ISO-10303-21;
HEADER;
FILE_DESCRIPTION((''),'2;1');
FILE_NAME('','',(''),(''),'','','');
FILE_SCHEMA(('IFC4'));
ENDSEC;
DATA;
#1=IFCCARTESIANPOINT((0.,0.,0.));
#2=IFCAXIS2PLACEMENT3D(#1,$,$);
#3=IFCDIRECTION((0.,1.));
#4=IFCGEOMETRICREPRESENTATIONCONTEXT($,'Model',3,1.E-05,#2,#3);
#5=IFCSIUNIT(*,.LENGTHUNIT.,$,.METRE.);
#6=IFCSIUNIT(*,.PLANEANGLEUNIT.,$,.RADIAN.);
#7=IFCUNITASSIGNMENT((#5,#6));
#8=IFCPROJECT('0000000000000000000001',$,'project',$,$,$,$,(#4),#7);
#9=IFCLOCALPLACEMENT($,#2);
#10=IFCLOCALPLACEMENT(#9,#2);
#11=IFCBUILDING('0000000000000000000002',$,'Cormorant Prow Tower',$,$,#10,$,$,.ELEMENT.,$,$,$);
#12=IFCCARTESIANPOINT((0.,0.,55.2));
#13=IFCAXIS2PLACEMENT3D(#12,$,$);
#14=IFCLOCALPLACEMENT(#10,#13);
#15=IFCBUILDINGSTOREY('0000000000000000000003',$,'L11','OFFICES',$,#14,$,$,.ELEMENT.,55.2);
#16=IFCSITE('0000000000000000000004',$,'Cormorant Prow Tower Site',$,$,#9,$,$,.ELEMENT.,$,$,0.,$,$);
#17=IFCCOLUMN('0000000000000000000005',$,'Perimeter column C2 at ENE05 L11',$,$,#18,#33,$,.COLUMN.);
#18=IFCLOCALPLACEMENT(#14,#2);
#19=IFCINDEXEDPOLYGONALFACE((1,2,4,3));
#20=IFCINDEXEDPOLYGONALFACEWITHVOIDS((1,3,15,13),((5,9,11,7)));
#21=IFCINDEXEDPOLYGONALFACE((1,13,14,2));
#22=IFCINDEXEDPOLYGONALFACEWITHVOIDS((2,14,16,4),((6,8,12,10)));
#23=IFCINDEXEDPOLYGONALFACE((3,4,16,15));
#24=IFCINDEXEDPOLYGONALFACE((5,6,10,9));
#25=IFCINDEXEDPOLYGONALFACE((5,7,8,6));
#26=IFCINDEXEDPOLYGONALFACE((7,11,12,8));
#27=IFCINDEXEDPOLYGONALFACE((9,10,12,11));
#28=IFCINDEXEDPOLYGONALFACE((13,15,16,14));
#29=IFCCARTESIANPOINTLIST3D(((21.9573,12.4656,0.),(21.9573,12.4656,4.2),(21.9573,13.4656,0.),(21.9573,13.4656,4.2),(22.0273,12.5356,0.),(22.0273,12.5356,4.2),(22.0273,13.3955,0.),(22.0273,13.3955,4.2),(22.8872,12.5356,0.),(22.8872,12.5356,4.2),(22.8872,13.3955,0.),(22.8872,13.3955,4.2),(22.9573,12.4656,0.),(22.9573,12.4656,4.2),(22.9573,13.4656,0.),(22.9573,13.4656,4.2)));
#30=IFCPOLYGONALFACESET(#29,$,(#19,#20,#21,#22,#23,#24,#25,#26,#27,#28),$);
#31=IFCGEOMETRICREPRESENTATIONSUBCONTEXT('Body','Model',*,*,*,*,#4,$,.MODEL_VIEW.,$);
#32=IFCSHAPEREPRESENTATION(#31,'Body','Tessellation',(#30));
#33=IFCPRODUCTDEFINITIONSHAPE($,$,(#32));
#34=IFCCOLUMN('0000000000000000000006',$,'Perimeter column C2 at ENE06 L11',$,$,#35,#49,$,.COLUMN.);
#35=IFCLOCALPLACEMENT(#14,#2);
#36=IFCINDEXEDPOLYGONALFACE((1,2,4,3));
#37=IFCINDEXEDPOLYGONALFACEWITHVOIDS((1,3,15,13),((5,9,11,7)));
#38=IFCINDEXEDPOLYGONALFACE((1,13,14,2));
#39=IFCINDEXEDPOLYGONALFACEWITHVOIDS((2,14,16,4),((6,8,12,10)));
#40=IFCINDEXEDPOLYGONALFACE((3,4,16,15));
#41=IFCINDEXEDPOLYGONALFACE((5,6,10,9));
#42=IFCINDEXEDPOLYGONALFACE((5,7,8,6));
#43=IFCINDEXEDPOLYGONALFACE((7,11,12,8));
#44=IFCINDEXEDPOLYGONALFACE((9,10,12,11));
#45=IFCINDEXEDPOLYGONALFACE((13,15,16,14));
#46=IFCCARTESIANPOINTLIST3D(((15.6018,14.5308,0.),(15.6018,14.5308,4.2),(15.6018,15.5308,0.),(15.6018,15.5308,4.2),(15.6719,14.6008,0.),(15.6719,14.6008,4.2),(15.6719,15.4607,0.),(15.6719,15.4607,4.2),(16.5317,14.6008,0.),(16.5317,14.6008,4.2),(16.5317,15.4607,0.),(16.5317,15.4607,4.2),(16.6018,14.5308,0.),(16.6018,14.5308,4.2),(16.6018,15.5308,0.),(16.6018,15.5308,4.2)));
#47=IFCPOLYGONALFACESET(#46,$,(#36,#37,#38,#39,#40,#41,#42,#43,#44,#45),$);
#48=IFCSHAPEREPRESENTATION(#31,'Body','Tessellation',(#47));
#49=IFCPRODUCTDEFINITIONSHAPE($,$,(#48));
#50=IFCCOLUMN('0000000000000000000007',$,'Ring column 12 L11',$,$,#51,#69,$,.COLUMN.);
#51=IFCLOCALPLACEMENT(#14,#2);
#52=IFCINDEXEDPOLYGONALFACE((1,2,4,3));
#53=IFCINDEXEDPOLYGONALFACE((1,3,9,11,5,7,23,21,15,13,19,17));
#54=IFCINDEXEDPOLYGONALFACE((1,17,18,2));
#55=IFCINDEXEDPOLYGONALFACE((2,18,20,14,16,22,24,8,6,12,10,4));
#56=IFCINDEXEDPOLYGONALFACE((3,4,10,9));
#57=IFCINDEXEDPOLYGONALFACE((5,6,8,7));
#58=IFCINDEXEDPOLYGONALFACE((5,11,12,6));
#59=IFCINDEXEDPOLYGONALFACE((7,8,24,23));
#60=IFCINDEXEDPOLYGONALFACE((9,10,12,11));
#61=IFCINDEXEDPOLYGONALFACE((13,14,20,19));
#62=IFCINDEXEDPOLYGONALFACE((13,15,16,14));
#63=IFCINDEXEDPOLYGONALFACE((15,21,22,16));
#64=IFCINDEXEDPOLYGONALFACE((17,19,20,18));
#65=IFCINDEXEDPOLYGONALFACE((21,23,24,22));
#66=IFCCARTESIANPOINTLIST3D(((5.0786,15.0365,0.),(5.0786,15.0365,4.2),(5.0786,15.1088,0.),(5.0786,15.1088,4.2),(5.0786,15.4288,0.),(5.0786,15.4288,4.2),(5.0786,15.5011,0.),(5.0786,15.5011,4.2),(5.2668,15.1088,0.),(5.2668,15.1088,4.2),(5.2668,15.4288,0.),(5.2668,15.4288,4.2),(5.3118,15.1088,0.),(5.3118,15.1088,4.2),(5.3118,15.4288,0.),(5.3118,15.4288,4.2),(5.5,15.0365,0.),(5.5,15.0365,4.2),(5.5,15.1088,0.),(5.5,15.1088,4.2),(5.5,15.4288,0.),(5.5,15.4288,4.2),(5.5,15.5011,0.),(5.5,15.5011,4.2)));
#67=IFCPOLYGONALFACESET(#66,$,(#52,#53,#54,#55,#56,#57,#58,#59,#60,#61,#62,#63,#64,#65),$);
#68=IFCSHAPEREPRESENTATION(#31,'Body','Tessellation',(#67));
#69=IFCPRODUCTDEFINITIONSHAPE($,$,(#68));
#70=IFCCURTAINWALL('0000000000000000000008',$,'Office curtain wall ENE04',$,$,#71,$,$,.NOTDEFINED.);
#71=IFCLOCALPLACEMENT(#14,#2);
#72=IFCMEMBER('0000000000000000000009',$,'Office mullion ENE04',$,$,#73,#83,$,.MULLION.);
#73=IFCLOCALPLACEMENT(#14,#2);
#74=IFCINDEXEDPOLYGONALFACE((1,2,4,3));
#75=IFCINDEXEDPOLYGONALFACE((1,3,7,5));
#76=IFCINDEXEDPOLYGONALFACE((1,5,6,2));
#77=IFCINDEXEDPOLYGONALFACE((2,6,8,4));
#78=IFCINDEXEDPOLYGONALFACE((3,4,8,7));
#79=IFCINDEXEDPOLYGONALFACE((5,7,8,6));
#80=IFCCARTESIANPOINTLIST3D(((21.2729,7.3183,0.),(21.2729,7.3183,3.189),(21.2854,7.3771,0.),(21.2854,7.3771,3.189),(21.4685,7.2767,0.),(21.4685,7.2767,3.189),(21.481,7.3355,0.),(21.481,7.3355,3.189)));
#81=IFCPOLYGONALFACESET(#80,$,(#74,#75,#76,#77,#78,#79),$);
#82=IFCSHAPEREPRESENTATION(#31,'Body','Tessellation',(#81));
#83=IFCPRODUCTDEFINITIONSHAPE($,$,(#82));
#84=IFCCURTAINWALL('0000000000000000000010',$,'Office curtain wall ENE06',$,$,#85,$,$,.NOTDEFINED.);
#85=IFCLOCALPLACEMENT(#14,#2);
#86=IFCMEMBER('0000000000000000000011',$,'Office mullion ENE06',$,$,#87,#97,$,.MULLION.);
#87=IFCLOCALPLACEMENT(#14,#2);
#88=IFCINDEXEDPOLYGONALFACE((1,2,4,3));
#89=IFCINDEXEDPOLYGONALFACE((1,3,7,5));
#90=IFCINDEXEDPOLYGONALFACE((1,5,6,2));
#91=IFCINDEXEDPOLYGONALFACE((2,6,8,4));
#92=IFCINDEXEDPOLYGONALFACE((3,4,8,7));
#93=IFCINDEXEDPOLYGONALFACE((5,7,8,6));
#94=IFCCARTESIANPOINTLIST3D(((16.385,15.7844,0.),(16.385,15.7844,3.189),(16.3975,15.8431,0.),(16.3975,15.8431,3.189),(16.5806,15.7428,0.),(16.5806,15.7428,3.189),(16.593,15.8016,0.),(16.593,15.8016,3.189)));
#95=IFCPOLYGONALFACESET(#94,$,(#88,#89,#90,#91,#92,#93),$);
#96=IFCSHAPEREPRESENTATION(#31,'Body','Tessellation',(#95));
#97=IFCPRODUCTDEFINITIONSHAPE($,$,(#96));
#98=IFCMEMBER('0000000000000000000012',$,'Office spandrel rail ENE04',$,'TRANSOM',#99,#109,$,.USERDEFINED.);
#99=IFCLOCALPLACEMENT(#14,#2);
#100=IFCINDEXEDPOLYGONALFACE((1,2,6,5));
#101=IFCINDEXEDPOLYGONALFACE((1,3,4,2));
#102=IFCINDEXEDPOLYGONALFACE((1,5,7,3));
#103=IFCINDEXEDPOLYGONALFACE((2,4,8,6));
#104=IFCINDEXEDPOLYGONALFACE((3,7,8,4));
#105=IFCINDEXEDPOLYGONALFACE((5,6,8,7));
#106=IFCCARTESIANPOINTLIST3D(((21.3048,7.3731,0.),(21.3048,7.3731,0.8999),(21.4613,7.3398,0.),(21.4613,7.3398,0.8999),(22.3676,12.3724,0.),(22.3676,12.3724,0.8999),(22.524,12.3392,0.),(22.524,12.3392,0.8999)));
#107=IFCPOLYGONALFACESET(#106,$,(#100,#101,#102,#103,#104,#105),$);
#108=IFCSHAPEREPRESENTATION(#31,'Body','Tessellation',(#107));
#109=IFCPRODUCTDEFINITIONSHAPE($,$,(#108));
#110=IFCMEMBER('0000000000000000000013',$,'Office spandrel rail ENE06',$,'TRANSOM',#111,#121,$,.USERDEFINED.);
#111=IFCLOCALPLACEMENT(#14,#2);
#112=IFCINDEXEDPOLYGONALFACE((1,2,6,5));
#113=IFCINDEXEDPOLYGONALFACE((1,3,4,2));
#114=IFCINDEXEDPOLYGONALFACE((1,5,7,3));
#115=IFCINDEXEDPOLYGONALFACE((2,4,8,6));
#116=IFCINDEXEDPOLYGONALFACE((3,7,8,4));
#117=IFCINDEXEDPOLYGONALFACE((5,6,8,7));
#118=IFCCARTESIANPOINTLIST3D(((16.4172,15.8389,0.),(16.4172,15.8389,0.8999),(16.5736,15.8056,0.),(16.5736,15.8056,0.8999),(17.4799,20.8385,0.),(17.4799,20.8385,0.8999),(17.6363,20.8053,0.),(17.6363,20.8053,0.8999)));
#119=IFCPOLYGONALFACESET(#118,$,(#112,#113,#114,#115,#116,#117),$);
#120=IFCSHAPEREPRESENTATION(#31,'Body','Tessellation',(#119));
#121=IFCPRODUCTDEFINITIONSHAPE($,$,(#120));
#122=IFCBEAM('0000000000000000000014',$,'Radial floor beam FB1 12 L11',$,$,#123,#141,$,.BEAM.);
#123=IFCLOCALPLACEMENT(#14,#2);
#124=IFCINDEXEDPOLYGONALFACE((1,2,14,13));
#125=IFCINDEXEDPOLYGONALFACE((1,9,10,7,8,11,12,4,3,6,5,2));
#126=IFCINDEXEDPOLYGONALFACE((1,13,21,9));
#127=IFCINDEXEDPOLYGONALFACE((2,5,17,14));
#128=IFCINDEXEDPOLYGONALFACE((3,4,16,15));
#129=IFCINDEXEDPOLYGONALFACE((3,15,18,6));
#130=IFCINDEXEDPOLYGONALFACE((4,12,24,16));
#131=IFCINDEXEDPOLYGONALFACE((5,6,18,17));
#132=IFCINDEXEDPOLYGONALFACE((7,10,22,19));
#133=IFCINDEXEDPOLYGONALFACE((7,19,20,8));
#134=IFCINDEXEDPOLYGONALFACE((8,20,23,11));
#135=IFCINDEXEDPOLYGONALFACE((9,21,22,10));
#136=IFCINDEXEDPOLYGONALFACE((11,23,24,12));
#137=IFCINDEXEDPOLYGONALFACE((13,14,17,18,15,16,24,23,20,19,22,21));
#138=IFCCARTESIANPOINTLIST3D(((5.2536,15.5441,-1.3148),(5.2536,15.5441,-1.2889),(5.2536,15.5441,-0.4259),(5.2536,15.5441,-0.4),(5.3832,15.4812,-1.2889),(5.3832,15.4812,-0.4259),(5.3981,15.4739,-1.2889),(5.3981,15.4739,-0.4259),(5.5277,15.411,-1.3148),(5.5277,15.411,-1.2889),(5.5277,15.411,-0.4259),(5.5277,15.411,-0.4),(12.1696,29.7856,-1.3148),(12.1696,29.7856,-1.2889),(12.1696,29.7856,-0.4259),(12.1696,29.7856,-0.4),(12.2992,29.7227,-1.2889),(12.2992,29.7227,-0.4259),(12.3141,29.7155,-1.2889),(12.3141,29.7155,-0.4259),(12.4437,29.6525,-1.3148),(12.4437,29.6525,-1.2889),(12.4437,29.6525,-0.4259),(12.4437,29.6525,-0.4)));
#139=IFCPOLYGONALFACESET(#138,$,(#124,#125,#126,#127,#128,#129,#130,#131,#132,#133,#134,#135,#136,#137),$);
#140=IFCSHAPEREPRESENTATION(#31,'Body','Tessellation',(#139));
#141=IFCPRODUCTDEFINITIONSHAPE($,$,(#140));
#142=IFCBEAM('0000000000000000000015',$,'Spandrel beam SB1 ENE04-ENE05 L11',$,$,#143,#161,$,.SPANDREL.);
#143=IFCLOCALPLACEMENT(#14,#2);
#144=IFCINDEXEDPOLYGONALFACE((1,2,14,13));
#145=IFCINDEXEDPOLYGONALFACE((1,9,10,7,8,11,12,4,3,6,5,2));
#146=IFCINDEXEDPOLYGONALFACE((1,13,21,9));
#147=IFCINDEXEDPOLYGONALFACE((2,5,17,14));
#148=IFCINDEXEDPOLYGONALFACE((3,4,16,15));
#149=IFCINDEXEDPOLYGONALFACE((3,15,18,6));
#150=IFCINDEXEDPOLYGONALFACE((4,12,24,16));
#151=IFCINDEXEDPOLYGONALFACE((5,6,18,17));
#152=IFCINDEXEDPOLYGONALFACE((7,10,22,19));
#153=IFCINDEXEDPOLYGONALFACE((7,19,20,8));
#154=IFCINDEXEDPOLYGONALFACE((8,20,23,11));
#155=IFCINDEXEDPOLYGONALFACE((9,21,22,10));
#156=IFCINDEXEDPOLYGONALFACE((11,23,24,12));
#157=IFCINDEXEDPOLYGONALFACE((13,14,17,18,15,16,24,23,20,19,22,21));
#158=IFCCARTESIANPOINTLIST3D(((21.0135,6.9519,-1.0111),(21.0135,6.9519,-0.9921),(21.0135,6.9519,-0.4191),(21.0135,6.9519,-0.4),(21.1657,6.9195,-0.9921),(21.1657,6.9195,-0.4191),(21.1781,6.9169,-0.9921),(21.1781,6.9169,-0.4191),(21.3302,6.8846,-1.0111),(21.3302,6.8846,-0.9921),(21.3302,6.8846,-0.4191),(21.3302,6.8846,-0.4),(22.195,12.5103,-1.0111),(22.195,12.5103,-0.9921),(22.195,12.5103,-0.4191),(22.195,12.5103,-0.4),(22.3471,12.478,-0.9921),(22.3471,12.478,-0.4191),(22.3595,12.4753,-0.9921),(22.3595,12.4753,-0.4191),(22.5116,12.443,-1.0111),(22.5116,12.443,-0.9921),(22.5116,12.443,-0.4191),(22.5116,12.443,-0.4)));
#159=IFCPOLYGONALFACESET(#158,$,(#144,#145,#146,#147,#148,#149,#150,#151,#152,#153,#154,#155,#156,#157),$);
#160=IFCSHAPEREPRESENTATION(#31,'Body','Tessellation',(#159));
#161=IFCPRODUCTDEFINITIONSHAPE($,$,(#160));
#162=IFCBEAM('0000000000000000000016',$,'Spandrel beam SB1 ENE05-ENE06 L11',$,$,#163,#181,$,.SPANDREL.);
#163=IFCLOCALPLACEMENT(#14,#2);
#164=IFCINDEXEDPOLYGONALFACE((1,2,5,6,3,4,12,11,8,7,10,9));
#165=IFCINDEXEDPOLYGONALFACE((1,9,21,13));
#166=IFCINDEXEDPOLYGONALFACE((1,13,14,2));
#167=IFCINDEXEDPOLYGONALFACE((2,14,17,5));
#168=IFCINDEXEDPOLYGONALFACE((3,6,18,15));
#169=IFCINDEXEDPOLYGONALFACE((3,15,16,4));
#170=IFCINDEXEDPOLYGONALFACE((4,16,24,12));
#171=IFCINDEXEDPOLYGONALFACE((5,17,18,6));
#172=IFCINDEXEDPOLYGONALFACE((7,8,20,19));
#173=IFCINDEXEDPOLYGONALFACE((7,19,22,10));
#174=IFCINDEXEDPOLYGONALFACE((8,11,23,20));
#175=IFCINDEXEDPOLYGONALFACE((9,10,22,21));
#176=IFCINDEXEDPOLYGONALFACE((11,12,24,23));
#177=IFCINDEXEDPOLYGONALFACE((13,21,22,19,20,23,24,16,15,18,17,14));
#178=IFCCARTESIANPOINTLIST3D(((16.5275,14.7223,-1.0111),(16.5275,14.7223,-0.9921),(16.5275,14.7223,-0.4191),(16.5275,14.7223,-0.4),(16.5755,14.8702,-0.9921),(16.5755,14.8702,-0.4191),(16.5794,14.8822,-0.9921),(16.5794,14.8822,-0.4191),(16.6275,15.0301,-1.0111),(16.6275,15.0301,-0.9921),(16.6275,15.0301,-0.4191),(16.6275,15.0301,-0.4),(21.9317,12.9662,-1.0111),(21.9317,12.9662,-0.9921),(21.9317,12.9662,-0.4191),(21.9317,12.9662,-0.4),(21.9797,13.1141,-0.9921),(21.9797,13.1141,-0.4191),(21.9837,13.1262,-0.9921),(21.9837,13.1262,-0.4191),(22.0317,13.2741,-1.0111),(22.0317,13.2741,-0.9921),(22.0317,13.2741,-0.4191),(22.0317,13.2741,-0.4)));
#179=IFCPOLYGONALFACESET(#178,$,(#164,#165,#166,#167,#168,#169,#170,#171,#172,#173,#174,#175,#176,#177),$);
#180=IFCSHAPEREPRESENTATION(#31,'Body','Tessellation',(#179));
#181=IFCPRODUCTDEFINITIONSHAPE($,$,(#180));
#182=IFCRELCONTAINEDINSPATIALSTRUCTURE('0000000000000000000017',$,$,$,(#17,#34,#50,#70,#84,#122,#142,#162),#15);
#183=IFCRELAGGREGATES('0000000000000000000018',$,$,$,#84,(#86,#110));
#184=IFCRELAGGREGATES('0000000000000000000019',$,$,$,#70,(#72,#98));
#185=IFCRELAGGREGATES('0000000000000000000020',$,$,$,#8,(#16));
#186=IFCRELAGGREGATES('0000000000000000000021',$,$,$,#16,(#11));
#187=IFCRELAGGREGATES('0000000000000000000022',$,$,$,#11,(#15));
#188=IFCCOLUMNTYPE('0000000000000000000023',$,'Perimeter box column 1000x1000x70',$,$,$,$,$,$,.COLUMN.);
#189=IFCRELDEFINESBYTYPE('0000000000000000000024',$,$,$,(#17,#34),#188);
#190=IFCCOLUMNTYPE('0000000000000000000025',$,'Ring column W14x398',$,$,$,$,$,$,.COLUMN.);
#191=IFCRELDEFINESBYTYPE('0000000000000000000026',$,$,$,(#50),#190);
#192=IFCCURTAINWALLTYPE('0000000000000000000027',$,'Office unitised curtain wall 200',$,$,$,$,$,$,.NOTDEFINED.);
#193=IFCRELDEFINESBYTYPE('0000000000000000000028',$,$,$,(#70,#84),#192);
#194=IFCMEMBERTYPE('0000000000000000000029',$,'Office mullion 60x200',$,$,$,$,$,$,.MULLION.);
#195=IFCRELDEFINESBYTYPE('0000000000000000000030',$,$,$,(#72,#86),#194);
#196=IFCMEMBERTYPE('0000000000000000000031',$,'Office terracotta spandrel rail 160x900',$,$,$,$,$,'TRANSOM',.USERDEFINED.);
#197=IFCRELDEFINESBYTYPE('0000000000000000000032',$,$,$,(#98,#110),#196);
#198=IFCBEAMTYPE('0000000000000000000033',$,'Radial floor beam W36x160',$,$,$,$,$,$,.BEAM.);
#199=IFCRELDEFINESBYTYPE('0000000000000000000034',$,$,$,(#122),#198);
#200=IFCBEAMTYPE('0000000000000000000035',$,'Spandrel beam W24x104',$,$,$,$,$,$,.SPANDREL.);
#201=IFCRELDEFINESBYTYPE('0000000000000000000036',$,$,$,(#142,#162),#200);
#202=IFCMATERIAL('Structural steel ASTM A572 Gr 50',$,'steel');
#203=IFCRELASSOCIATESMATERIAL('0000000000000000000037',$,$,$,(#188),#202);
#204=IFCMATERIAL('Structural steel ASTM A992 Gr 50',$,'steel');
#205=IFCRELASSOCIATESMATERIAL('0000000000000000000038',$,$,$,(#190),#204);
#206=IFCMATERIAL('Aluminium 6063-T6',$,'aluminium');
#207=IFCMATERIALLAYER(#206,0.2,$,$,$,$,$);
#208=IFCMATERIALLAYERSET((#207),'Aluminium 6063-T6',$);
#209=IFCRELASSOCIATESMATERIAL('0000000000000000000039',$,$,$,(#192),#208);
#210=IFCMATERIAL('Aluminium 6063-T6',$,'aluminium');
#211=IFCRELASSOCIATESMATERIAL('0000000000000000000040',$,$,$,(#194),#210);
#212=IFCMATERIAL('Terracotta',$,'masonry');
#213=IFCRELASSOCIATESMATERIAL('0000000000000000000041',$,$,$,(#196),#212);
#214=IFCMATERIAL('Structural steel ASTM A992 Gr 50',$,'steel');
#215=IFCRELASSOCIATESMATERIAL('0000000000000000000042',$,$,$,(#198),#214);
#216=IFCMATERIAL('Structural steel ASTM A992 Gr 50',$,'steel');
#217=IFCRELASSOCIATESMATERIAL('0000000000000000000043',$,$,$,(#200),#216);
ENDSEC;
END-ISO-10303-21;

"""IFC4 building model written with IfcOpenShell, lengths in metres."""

from ifc_helpers import new_model, si_unit, direction, frame, origin, origin_2d, place, context, subcontext, project, spatial, rectangle, hollow_rectangle, i_section, extrude, material, layer, layer_set, material_profile, profile_set, type_object, element, aggregate, save


model = new_model("IFC4")

# Units and contexts
model_context = context("Model", 3, precision=1e-05, world=origin(), true_north=direction((0.0, 1.0)))
body_context = subcontext(model_context, "Body", "Model", "MODEL_VIEW")
ifc_project = project(units=[si_unit("LENGTHUNIT", "METRE"), si_unit("PLANEANGLEUNIT", "RADIAN")], contexts=[model_context])

# Site, building, storey
site_placement = place(None, origin())
site = spatial("IfcSite", under=ifc_project, at=site_placement, Name="Cormorant Prow Tower Site", CompositionType="ELEMENT", RefElevation=0.0)
building_placement = place(site_placement, origin())
building = spatial("IfcBuilding", under=site, at=building_placement, Name="Cormorant Prow Tower", CompositionType="ELEMENT")
storey_placement = place(building_placement, frame((0.0, 0.0, 55.2)))
storey = spatial("IfcBuildingStorey", under=building, at=storey_placement, Name="L11", Description="OFFICES", CompositionType="ELEMENT", Elevation=55.2)

# Columns
ifc_material_1 = material(Name="Structural steel ASTM A572 Gr 50", Category="steel")
ifc_material_profile_1 = material_profile(ifc_material_1, hollow_rectangle(XDim=1.0, YDim=1.0, WallThickness=0.0701, at=origin_2d()), Name="Box 1000x1000x70")
ifc_profile_set_1 = profile_set([ifc_material_profile_1], Name="Structural steel ASTM A572 Gr 50")
column_type_1 = type_object("IfcColumnType", Name="Perimeter box column 1000x1000x70", PredefinedType="COLUMN", material=ifc_profile_set_1)
for number, where, z_axis, x_axis, name in (
    (1, (22.4573, 12.9656, 0.0), (0.0, 0.0, 1.0), (1.0, 0.0, 0.0), "Perimeter column C2 at ENE05 L11"),
    (2, (16.1018, 15.0308, 0.0), (0.0, 0.0, 1.0), (1.0, 0.0, 0.0), "Perimeter column C2 at ENE06 L11"),
):
    element("IfcColumn", number, at=place(storey_placement, frame(where, z_axis=z_axis, x_axis=x_axis)), inside=storey, type_object=column_type_1, Name=name, PredefinedType="COLUMN", context=body_context, shape_type="SweptSolid", body=[
        extrude(hollow_rectangle(XDim=1.0, YDim=1.0, WallThickness=0.0701, at=origin_2d()), origin(), (0.0, 0.0, 1.0), 4.2),
    ])
ifc_material_2 = material(Name="Structural steel ASTM A992 Gr 50", Category="steel")
ifc_material_profile_2 = material_profile(ifc_material_2, i_section(OverallWidth=0.4214, OverallDepth=0.4646, WebThickness=0.0449, FlangeThickness=0.0723, at=origin_2d()), Name="W14x398")
ifc_profile_set_2 = profile_set([ifc_material_profile_2], Name="Structural steel ASTM A992 Gr 50")
column_type_2 = type_object("IfcColumnType", Name="Ring column W14x398", PredefinedType="COLUMN", material=ifc_profile_set_2)
column_placement = place(storey_placement, frame((5.2893, 15.2688, 0.0), z_axis=(0.0, 0.0, 1.0), x_axis=(1.0, 0.0, 0.0)))
element("IfcColumn", 3, at=column_placement, inside=storey, type_object=column_type_2, Name="Ring column 12 L11", PredefinedType="COLUMN", context=body_context, shape_type="SweptSolid", body=[
    extrude(i_section(OverallWidth=0.4214, OverallDepth=0.4646, WebThickness=0.0449, FlangeThickness=0.0723, at=origin_2d()), origin(), (0.0, 0.0, 1.0), 4.2),
])

# Curtain walls, members
ifc_material_3 = material(Name="Aluminium 6063-T6", Category="aluminium")
ifc_layer_1 = layer(ifc_material_3, 0.2)
ifc_layer_set_1 = layer_set([ifc_layer_1], Name="Aluminium 6063-T6")
curtain_wall_type = type_object("IfcCurtainWallType", Name="Office unitised curtain wall 200", PredefinedType="NOTDEFINED", material=ifc_layer_set_1)
curtain_wall_1_placement = place(storey_placement, origin())
curtain_wall_1 = element("IfcCurtainWall", 4, at=curtain_wall_1_placement, inside=storey, type_object=curtain_wall_type, Name="Office curtain wall ENE04", PredefinedType="NOTDEFINED")
ifc_material_4 = material(Name="Aluminium 6063-T6", Category="aluminium")
ifc_material_profile_3 = material_profile(ifc_material_4, rectangle(XDim=0.2, YDim=0.0601, at=origin_2d()), Name="Office mullion 60x200")
ifc_profile_set_3 = profile_set([ifc_material_profile_3], Name="Aluminium 6063-T6")
member_type_1 = type_object("IfcMemberType", Name="Office mullion 60x200", PredefinedType="MULLION", material=ifc_profile_set_3)
member_1_placement = place(storey_placement, frame((21.377, 7.3269, 0.0), z_axis=(0.0, 0.0, 1.0), x_axis=(-0.978148, 0.207912, 0.0)))
member_1 = element("IfcMember", 5, at=member_1_placement, type_object=member_type_1, Name="Office mullion ENE04", PredefinedType="MULLION", context=body_context, shape_type="SweptSolid", body=[
    extrude(rectangle(XDim=0.2, YDim=0.0601, at=origin_2d()), origin(), (0.0, 0.0, 1.0), 3.189),
])
curtain_wall_2_placement = place(storey_placement, origin())
curtain_wall_2 = element("IfcCurtainWall", 6, at=curtain_wall_2_placement, inside=storey, type_object=curtain_wall_type, Name="Office curtain wall ENE06", PredefinedType="NOTDEFINED")
member_2_placement = place(storey_placement, frame((16.489, 15.793, 0.0), z_axis=(0.0, 0.0, 1.0), x_axis=(-0.978148, 0.207912, 0.0)))
member_2 = element("IfcMember", 7, at=member_2_placement, type_object=member_type_1, Name="Office mullion ENE06", PredefinedType="MULLION", context=body_context, shape_type="SweptSolid", body=[
    extrude(rectangle(XDim=0.2, YDim=0.0601, at=origin_2d()), origin(), (0.0, 0.0, 1.0), 3.189),
])

# Members
ifc_material_5 = material(Name="Terracotta", Category="masonry")
ifc_material_profile_4 = material_profile(ifc_material_5, rectangle(XDim=0.1599, YDim=0.8999, at=origin_2d()), Name="Office terracotta spandrel rail 160x900")
ifc_profile_set_4 = profile_set([ifc_material_profile_4], Name="Terracotta")
member_type_2 = type_object("IfcMemberType", Name="Office terracotta spandrel rail 160x900", ElementType="TRANSOM", PredefinedType="USERDEFINED", material=ifc_profile_set_4)
member_3_placement = place(storey_placement, frame((21.3831, 7.3564, 0.45), z_axis=(0.207934, 0.978143, 0.0), x_axis=(-0.978143, 0.207934, 0.0)))
member_3 = element("IfcMember", 8, at=member_3_placement, type_object=member_type_2, Name="Office spandrel rail ENE04", ObjectType="TRANSOM", PredefinedType="USERDEFINED", context=body_context, shape_type="SweptSolid", body=[
    extrude(rectangle(XDim=0.1599, YDim=0.8999, at=origin_2d()), origin(), (0.0, 0.0, 1.0), 5.1111),
])
member_4_placement = place(storey_placement, frame((16.4954, 15.8223, 0.45), z_axis=(0.207924, 0.978145, 0.0), x_axis=(-0.978145, 0.207924, 0.0)))
member_4 = element("IfcMember", 9, at=member_4_placement, type_object=member_type_2, Name="Office spandrel rail ENE06", ObjectType="TRANSOM", PredefinedType="USERDEFINED", context=body_context, shape_type="SweptSolid", body=[
    extrude(rectangle(XDim=0.1599, YDim=0.8999, at=origin_2d()), origin(), (0.0, 0.0, 1.0), 5.1113),
])
aggregate(curtain_wall_2, [member_2, member_4])

# Beams
ifc_material_6 = material(Name="Structural steel ASTM A992 Gr 50", Category="steel")
ifc_material_profile_5 = material_profile(ifc_material_6, i_section(OverallWidth=0.3047, OverallDepth=0.9148, WebThickness=0.0166, FlangeThickness=0.0259, at=origin_2d()), Name="W36x160")
ifc_profile_set_5 = profile_set([ifc_material_profile_5], Name="Structural steel ASTM A992 Gr 50")
beam_type_1 = type_object("IfcBeamType", Name="Radial floor beam W36x160", PredefinedType="BEAM", material=ifc_profile_set_5)
beam_1_placement = place(storey_placement, frame((5.3906, 15.4775, -0.8574), z_axis=(0.436839, 0.899539, 0.0), x_axis=(-0.899539, 0.436839, 0.0)))
element("IfcBeam", 10, at=beam_1_placement, inside=storey, type_object=beam_type_1, Name="Radial floor beam FB1 12 L11", PredefinedType="BEAM", context=body_context, shape_type="SweptSolid", body=[
    extrude(i_section(OverallWidth=0.3047, OverallDepth=0.9148, WebThickness=0.0166, FlangeThickness=0.0259, at=origin_2d()), origin(), (0.0, 0.0, 1.0), 15.832),
])
ifc_material_7 = material(Name="Structural steel ASTM A992 Gr 50", Category="steel")
ifc_material_profile_6 = material_profile(ifc_material_7, i_section(OverallWidth=0.3237, OverallDepth=0.6111, WebThickness=0.0127, FlangeThickness=0.019, at=origin_2d()), Name="W24x104")
ifc_profile_set_6 = profile_set([ifc_material_profile_6], Name="Structural steel ASTM A992 Gr 50")
beam_type_2 = type_object("IfcBeamType", Name="Spandrel beam W24x104", PredefinedType="SPANDREL", material=ifc_profile_set_6)
beam_2_placement = place(storey_placement, frame((21.1719, 6.9182, -0.7056), z_axis=(0.2079, 0.97815, 0.0), x_axis=(-0.97815, 0.2079, 0.0)))
element("IfcBeam", 11, at=beam_2_placement, inside=storey, type_object=beam_type_2, Name="Spandrel beam SB1 ENE04-ENE05 L11", PredefinedType="SPANDREL", context=body_context, shape_type="SweptSolid", body=[
    extrude(i_section(OverallWidth=0.3237, OverallDepth=0.6111, WebThickness=0.0127, FlangeThickness=0.019, at=origin_2d()), origin(), (0.0, 0.0, 1.0), 5.6826),
])
beam_3_placement = place(storey_placement, frame((21.9817, 13.1201, -0.7056), z_axis=(-0.951049, 0.309039, 0.0), x_axis=(-0.309039, -0.951049, 0.0)))
element("IfcBeam", 12, at=beam_3_placement, inside=storey, type_object=beam_type_2, Name="Spandrel beam SB1 ENE05-ENE06 L11", PredefinedType="SPANDREL", context=body_context, shape_type="SweptSolid", body=[
    extrude(i_section(OverallWidth=0.3237, OverallDepth=0.6111, WebThickness=0.0127, FlangeThickness=0.019, at=origin_2d()), origin(), (0.0, 0.0, 1.0), 5.6824),
])

aggregate(curtain_wall_1, [member_1, member_3])

save(model, "model.ifc")
